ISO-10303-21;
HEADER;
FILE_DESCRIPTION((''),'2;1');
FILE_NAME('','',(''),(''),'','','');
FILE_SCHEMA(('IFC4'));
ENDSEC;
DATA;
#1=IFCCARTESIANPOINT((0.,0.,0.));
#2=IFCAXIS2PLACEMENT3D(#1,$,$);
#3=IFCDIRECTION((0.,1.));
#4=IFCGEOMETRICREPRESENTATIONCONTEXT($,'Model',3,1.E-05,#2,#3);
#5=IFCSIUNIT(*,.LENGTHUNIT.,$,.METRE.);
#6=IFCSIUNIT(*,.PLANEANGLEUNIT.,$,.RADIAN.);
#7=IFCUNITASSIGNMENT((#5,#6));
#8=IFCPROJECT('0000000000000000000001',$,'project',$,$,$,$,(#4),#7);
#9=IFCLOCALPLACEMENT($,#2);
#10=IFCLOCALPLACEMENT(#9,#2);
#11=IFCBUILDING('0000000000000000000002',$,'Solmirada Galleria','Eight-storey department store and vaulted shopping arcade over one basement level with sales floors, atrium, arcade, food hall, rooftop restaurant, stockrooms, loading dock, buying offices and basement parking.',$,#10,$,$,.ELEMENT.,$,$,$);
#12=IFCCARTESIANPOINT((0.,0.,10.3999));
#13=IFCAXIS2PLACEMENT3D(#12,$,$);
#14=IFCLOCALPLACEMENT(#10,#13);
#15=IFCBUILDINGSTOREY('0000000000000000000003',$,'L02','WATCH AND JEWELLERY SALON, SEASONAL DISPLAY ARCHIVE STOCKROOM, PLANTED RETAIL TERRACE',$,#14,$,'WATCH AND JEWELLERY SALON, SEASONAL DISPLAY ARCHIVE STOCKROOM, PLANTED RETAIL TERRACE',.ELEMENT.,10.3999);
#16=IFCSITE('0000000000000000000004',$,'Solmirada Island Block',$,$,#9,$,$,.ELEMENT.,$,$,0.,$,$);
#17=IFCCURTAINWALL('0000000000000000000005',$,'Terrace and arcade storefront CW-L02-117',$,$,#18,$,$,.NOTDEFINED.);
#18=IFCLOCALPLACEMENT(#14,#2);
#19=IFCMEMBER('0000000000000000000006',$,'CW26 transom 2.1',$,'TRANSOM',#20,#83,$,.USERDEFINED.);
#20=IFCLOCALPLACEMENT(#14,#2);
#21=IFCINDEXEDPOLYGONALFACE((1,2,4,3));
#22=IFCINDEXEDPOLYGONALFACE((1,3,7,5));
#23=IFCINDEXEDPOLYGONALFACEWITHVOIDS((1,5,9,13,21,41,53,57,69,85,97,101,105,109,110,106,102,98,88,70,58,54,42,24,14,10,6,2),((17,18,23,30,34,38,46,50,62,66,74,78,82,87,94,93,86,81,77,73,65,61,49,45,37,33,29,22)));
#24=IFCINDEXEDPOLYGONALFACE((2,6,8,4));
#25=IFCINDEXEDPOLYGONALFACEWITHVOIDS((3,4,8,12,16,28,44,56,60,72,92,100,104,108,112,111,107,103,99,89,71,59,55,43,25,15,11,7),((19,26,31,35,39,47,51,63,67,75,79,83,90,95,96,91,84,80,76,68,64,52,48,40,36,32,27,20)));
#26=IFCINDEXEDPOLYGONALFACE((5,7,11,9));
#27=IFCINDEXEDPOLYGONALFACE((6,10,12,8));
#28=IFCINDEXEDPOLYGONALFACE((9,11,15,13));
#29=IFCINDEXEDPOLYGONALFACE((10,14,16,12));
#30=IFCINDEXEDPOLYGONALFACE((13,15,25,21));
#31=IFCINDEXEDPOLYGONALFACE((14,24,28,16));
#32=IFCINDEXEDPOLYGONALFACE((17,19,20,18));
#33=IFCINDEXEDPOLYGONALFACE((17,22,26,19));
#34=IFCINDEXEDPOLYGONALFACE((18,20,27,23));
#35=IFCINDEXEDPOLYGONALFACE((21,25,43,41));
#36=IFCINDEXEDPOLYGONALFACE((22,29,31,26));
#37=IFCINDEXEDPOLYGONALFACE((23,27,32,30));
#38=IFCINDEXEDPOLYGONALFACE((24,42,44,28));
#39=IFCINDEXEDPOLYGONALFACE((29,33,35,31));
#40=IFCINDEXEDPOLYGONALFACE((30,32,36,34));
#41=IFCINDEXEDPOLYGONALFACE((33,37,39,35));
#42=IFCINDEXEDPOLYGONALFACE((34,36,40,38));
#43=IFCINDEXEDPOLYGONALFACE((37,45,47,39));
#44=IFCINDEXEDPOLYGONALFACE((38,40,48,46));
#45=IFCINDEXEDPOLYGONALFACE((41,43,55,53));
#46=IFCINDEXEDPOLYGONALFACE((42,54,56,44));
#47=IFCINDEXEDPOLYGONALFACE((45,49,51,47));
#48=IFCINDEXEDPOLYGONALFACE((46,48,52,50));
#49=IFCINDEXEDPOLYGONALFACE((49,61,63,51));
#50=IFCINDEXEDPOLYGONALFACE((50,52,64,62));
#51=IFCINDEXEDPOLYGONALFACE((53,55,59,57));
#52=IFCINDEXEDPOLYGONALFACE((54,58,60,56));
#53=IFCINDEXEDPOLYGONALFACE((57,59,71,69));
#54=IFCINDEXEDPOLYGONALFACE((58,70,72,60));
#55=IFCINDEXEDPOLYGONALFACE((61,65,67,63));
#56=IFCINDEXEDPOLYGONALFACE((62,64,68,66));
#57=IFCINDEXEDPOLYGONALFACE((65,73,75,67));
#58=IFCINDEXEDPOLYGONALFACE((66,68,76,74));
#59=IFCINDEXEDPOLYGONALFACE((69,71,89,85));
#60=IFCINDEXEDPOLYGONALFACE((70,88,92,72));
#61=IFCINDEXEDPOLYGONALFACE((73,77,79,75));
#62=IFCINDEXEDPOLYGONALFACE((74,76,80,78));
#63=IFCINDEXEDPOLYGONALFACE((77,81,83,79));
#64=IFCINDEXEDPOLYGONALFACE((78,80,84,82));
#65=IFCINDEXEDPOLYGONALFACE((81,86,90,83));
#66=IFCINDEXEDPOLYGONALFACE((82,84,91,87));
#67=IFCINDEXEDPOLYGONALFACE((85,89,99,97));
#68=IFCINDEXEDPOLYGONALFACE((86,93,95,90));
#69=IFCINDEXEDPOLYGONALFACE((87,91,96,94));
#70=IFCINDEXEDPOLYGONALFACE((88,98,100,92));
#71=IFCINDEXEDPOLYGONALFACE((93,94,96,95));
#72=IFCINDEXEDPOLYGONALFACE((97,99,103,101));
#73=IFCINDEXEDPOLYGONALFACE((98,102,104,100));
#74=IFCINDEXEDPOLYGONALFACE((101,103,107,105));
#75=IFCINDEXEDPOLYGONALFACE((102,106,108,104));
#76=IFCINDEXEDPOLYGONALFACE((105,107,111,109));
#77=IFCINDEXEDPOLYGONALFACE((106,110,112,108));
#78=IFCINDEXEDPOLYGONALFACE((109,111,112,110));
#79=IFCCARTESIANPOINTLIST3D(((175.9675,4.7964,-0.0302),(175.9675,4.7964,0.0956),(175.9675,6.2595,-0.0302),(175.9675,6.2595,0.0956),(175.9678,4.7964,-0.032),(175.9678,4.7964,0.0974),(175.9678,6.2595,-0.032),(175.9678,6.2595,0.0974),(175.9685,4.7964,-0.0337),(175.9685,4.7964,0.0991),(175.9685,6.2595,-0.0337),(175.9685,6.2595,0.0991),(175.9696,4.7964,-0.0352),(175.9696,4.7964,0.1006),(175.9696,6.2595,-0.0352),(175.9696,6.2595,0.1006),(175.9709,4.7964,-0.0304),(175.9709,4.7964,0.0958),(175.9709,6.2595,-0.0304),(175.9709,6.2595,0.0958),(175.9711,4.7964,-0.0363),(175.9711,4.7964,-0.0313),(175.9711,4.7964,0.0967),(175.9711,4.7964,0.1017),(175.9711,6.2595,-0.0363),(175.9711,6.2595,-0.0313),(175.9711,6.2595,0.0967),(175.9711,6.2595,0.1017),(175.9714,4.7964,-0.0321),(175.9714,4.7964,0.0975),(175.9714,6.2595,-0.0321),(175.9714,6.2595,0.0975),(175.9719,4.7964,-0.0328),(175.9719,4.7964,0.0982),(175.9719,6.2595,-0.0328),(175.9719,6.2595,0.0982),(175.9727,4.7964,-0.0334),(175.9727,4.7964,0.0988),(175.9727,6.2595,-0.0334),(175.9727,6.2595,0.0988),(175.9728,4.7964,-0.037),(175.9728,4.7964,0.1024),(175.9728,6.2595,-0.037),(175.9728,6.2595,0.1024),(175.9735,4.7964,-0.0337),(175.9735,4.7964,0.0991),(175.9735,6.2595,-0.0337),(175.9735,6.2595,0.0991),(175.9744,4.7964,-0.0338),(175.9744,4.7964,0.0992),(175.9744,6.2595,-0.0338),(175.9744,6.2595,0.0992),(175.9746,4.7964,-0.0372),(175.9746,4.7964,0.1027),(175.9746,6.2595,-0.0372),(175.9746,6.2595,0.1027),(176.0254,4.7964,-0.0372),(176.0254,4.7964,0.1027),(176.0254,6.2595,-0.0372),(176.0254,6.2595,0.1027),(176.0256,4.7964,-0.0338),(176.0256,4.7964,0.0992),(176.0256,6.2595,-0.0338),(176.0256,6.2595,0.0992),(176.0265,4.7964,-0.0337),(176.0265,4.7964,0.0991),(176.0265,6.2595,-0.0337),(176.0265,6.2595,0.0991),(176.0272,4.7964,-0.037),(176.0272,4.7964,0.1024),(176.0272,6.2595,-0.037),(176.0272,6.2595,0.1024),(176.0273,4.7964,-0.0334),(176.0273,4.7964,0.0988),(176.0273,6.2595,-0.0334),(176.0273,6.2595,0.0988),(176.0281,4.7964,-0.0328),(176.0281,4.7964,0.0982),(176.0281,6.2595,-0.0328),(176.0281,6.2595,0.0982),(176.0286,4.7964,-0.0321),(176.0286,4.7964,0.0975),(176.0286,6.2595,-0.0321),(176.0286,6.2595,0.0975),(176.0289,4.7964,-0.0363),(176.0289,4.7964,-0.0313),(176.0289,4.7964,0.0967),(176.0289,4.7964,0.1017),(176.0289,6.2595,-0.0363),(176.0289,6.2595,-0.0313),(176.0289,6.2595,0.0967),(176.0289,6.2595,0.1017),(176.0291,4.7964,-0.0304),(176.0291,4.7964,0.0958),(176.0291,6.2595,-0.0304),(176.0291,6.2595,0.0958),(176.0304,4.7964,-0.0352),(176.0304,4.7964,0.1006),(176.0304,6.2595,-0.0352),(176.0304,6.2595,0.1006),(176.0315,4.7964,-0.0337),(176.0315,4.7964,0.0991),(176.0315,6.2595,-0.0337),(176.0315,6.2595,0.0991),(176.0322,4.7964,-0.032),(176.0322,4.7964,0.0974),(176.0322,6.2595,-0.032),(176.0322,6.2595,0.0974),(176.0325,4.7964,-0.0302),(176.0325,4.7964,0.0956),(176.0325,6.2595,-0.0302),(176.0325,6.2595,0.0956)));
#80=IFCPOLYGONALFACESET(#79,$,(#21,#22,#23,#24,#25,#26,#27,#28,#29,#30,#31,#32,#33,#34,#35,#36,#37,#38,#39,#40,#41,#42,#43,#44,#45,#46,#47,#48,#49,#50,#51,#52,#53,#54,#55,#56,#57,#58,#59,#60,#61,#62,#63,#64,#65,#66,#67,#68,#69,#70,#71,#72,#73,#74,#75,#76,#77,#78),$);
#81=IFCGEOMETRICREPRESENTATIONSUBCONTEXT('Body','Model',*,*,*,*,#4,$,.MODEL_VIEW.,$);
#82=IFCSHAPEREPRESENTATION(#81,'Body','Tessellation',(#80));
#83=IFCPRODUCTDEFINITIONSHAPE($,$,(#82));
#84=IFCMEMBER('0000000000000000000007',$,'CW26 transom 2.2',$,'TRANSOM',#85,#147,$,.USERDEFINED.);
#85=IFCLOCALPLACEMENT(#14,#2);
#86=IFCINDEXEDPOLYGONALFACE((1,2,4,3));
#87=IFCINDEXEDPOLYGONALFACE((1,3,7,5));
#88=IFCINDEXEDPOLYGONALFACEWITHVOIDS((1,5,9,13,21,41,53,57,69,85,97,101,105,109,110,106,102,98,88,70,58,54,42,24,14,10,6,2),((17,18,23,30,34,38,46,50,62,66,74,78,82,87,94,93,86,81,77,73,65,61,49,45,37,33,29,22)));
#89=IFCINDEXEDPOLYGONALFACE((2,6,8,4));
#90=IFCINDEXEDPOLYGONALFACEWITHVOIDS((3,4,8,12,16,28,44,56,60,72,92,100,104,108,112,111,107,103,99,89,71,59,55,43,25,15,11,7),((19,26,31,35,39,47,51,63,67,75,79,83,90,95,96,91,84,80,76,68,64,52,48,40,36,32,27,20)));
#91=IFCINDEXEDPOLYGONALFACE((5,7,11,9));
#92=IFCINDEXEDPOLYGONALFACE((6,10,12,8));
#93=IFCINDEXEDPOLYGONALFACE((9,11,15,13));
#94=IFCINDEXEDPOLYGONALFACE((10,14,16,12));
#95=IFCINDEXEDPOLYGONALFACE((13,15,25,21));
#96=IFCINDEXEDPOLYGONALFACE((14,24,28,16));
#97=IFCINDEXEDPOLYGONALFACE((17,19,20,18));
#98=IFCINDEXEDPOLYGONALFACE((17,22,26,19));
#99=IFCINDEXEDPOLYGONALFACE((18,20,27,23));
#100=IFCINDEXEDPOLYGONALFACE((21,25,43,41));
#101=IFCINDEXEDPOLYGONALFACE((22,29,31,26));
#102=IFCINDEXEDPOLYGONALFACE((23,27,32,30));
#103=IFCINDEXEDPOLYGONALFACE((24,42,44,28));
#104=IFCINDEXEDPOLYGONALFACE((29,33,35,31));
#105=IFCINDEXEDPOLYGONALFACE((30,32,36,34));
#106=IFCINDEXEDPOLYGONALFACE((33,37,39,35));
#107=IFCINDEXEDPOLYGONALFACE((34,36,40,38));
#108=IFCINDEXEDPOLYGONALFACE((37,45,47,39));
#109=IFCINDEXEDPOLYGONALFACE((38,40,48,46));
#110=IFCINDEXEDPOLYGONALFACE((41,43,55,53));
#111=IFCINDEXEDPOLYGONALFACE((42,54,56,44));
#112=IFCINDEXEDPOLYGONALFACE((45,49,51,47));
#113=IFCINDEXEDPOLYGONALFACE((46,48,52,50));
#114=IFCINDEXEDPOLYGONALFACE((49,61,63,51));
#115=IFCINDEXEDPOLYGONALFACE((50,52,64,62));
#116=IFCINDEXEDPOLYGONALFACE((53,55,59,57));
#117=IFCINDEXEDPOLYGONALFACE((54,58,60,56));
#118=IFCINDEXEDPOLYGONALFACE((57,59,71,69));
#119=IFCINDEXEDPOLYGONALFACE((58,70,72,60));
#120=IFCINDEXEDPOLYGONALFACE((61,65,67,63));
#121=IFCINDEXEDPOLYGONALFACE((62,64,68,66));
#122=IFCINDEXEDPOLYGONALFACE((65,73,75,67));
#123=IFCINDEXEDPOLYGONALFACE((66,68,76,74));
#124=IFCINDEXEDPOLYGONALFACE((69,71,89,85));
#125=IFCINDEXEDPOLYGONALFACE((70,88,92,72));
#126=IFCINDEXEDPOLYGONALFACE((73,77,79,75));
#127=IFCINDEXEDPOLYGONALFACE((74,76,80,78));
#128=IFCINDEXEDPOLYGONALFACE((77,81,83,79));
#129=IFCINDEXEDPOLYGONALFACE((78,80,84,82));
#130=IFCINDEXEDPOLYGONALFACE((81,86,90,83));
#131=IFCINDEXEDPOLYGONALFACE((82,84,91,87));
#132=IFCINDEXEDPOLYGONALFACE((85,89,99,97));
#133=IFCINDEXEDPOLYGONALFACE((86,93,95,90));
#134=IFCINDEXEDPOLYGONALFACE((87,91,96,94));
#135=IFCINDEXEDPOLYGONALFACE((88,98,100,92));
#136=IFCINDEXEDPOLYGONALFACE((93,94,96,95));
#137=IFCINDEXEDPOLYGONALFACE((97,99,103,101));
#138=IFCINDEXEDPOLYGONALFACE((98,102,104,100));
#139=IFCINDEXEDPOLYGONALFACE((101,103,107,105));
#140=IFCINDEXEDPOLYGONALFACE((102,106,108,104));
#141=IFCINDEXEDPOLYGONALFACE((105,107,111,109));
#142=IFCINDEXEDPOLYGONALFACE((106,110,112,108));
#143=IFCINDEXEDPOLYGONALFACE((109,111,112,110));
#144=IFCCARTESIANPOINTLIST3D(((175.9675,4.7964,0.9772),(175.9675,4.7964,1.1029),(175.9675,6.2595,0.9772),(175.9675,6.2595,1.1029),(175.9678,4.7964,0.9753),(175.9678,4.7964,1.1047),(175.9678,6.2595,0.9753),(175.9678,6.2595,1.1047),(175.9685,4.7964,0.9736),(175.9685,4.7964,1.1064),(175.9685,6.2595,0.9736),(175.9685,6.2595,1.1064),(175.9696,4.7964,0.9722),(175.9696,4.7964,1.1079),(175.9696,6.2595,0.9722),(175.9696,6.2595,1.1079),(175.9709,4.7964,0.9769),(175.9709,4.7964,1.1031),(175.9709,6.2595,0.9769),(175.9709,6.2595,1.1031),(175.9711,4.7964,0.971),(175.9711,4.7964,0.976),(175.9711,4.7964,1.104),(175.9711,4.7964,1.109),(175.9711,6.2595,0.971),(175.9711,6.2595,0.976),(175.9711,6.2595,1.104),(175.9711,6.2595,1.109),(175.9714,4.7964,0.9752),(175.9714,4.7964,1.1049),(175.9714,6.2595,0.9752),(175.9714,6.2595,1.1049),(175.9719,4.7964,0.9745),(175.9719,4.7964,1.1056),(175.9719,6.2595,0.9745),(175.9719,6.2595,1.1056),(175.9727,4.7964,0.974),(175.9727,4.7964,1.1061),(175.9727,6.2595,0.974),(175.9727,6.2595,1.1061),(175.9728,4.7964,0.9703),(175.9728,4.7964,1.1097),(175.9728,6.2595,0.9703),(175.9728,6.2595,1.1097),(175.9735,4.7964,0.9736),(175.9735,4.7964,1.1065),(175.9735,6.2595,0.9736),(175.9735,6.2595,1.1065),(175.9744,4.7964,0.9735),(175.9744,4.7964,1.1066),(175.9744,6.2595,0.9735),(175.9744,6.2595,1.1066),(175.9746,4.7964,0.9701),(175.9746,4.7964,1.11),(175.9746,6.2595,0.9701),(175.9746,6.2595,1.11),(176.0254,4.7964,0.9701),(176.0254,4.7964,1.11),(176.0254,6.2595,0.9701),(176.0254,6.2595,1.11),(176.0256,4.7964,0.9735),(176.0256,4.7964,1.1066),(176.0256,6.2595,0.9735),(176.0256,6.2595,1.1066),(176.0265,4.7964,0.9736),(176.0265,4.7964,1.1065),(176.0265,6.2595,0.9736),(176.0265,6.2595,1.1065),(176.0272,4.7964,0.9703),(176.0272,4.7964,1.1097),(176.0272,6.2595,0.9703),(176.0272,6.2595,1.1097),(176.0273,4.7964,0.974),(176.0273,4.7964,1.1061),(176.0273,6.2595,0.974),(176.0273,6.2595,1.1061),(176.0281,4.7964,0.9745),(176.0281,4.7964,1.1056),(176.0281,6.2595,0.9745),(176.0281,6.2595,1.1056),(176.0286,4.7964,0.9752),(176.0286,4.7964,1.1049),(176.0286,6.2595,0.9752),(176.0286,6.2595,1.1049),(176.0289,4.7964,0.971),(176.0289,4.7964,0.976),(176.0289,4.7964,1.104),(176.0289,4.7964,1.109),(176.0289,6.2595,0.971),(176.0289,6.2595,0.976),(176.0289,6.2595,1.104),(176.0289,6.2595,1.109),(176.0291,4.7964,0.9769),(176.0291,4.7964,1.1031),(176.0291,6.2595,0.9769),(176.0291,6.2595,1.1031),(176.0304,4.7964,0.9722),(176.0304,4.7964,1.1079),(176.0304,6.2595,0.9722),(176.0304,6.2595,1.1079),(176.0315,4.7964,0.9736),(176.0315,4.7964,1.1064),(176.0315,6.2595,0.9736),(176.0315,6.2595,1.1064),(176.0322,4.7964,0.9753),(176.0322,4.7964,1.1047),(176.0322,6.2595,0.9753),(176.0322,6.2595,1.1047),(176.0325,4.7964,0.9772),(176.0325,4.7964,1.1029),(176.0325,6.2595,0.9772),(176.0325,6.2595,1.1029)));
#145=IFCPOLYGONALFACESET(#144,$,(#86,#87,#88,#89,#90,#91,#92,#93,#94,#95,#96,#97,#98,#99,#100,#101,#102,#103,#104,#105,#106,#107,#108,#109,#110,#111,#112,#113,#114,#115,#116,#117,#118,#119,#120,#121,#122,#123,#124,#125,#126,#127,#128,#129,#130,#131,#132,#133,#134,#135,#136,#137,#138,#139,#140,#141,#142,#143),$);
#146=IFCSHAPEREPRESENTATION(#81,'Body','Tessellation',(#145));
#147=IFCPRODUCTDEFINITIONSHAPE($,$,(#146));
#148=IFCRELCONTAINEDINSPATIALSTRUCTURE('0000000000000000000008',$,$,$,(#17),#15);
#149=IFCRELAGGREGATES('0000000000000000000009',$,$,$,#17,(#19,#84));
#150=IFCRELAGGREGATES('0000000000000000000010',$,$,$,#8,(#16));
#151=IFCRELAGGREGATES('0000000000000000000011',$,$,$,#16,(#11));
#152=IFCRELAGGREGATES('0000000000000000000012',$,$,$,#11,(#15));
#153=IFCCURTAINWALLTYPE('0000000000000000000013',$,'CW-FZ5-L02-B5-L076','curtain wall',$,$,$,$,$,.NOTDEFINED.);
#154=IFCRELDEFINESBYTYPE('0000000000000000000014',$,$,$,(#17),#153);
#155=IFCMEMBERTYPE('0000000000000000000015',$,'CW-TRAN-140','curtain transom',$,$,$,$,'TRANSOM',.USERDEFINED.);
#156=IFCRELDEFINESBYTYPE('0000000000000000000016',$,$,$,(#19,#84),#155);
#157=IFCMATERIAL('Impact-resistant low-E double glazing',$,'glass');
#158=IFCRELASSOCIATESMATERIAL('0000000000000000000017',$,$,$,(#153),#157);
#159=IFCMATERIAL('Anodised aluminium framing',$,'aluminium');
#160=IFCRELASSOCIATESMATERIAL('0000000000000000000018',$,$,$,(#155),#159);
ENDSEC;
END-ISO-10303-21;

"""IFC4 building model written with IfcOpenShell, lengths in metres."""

from ifc_helpers import new_model, si_unit, direction, frame, origin, origin_2d, place, context, subcontext, project, spatial, hollow_rectangle, extrude, material, material_profile, profile_set, type_object, element, aggregate, save


model = new_model("IFC4")

# Units and contexts
model_context = context("Model", 3, precision=1e-05, world=origin(), true_north=direction((0.0, 1.0)))
body_context = subcontext(model_context, "Body", "Model", "MODEL_VIEW")
ifc_project = project(units=[si_unit("LENGTHUNIT", "METRE"), si_unit("PLANEANGLEUNIT", "RADIAN")], contexts=[model_context])

# Site, building, storey
site_placement = place(None, origin())
site = spatial("IfcSite", under=ifc_project, at=site_placement, Name="Solmirada Island Block", CompositionType="ELEMENT", RefElevation=0.0)
building_placement = place(site_placement, origin())
building = spatial("IfcBuilding", under=site, at=building_placement, Name="Solmirada Galleria", Description="Eight-storey department store and vaulted shopping arcade over one basement level with sales floors, atrium, arcade, food hall, rooftop restaurant, stockrooms, loading dock, buying offices and basement parking.", CompositionType="ELEMENT")
storey_placement = place(building_placement, frame((0.0, 0.0, 10.3999)))
storey = spatial("IfcBuildingStorey", under=building, at=storey_placement, Name="L02", Description="WATCH AND JEWELLERY SALON, SEASONAL DISPLAY ARCHIVE STOCKROOM, PLANTED RETAIL TERRACE", LongName="WATCH AND JEWELLERY SALON, SEASONAL DISPLAY ARCHIVE STOCKROOM, PLANTED RETAIL TERRACE", CompositionType="ELEMENT", Elevation=10.3999)

# Shared definitions
ifc_material_1 = material(Name="Impact-resistant low-E double glazing", Category="glass")
curtain_wall_type = type_object("IfcCurtainWallType", Name="CW-FZ5-L02-B5-L076", Description="curtain wall", PredefinedType="NOTDEFINED", material=ifc_material_1)
ifc_material_2 = material(Name="Anodised aluminium framing", Category="aluminium")

# Curtain wall, members
curtain_wall_1_placement = place(storey_placement, origin())
curtain_wall_1 = element("IfcCurtainWall", 1, at=curtain_wall_1_placement, inside=storey, type_object=curtain_wall_type, Name="Terrace and arcade storefront CW-L02-117", PredefinedType="NOTDEFINED")
ifc_material_profile_1 = material_profile(ifc_material_2, hollow_rectangle(XDim=0.0649, YDim=0.1399, WallThickness=0.0034, InnerFilletRadius=0.0034, OuterFilletRadius=0.0071, at=origin_2d()), Name="ALU-TRAN-140X65")
ifc_profile_set_1 = profile_set([ifc_material_profile_1], Name="Anodised aluminium framing")
member_type_1 = type_object("IfcMemberType", Name="CW-TRAN-140", Description="curtain transom", ElementType="TRANSOM", PredefinedType="USERDEFINED", material=ifc_profile_set_1)
member_1_placement = place(storey_placement, frame((176.0, 6.2595, 0.0327), z_axis=(0.0, -1.0, 0.0), x_axis=(1.0, 0.0, 0.0)))
member_1 = element("IfcMember", 2, at=member_1_placement, type_object=member_type_1, Name="CW26 transom 2.1", ObjectType="TRANSOM", PredefinedType="USERDEFINED", context=body_context, shape_type="SweptSolid", body=[
    extrude(hollow_rectangle(XDim=0.0649, YDim=0.1399, WallThickness=0.0034, InnerFilletRadius=0.0034, OuterFilletRadius=0.0071, at=origin_2d()), origin(), (0.0, 0.0, 1.0), 1.4631),
])
member_2_placement = place(storey_placement, frame((176.0, 6.2595, 1.04), z_axis=(0.0, -1.0, 0.0), x_axis=(1.0, 0.0, 0.0)))
member_2 = element("IfcMember", 3, at=member_2_placement, type_object=member_type_1, Name="CW26 transom 2.2", ObjectType="TRANSOM", PredefinedType="USERDEFINED", context=body_context, shape_type="SweptSolid", body=[
    extrude(hollow_rectangle(XDim=0.0649, YDim=0.1399, WallThickness=0.0034, InnerFilletRadius=0.0034, OuterFilletRadius=0.0071, at=origin_2d()), origin(), (0.0, 0.0, 1.0), 1.4631),
])

aggregate(curtain_wall_1, [member_1, member_2])

save(model, "model.ifc")
